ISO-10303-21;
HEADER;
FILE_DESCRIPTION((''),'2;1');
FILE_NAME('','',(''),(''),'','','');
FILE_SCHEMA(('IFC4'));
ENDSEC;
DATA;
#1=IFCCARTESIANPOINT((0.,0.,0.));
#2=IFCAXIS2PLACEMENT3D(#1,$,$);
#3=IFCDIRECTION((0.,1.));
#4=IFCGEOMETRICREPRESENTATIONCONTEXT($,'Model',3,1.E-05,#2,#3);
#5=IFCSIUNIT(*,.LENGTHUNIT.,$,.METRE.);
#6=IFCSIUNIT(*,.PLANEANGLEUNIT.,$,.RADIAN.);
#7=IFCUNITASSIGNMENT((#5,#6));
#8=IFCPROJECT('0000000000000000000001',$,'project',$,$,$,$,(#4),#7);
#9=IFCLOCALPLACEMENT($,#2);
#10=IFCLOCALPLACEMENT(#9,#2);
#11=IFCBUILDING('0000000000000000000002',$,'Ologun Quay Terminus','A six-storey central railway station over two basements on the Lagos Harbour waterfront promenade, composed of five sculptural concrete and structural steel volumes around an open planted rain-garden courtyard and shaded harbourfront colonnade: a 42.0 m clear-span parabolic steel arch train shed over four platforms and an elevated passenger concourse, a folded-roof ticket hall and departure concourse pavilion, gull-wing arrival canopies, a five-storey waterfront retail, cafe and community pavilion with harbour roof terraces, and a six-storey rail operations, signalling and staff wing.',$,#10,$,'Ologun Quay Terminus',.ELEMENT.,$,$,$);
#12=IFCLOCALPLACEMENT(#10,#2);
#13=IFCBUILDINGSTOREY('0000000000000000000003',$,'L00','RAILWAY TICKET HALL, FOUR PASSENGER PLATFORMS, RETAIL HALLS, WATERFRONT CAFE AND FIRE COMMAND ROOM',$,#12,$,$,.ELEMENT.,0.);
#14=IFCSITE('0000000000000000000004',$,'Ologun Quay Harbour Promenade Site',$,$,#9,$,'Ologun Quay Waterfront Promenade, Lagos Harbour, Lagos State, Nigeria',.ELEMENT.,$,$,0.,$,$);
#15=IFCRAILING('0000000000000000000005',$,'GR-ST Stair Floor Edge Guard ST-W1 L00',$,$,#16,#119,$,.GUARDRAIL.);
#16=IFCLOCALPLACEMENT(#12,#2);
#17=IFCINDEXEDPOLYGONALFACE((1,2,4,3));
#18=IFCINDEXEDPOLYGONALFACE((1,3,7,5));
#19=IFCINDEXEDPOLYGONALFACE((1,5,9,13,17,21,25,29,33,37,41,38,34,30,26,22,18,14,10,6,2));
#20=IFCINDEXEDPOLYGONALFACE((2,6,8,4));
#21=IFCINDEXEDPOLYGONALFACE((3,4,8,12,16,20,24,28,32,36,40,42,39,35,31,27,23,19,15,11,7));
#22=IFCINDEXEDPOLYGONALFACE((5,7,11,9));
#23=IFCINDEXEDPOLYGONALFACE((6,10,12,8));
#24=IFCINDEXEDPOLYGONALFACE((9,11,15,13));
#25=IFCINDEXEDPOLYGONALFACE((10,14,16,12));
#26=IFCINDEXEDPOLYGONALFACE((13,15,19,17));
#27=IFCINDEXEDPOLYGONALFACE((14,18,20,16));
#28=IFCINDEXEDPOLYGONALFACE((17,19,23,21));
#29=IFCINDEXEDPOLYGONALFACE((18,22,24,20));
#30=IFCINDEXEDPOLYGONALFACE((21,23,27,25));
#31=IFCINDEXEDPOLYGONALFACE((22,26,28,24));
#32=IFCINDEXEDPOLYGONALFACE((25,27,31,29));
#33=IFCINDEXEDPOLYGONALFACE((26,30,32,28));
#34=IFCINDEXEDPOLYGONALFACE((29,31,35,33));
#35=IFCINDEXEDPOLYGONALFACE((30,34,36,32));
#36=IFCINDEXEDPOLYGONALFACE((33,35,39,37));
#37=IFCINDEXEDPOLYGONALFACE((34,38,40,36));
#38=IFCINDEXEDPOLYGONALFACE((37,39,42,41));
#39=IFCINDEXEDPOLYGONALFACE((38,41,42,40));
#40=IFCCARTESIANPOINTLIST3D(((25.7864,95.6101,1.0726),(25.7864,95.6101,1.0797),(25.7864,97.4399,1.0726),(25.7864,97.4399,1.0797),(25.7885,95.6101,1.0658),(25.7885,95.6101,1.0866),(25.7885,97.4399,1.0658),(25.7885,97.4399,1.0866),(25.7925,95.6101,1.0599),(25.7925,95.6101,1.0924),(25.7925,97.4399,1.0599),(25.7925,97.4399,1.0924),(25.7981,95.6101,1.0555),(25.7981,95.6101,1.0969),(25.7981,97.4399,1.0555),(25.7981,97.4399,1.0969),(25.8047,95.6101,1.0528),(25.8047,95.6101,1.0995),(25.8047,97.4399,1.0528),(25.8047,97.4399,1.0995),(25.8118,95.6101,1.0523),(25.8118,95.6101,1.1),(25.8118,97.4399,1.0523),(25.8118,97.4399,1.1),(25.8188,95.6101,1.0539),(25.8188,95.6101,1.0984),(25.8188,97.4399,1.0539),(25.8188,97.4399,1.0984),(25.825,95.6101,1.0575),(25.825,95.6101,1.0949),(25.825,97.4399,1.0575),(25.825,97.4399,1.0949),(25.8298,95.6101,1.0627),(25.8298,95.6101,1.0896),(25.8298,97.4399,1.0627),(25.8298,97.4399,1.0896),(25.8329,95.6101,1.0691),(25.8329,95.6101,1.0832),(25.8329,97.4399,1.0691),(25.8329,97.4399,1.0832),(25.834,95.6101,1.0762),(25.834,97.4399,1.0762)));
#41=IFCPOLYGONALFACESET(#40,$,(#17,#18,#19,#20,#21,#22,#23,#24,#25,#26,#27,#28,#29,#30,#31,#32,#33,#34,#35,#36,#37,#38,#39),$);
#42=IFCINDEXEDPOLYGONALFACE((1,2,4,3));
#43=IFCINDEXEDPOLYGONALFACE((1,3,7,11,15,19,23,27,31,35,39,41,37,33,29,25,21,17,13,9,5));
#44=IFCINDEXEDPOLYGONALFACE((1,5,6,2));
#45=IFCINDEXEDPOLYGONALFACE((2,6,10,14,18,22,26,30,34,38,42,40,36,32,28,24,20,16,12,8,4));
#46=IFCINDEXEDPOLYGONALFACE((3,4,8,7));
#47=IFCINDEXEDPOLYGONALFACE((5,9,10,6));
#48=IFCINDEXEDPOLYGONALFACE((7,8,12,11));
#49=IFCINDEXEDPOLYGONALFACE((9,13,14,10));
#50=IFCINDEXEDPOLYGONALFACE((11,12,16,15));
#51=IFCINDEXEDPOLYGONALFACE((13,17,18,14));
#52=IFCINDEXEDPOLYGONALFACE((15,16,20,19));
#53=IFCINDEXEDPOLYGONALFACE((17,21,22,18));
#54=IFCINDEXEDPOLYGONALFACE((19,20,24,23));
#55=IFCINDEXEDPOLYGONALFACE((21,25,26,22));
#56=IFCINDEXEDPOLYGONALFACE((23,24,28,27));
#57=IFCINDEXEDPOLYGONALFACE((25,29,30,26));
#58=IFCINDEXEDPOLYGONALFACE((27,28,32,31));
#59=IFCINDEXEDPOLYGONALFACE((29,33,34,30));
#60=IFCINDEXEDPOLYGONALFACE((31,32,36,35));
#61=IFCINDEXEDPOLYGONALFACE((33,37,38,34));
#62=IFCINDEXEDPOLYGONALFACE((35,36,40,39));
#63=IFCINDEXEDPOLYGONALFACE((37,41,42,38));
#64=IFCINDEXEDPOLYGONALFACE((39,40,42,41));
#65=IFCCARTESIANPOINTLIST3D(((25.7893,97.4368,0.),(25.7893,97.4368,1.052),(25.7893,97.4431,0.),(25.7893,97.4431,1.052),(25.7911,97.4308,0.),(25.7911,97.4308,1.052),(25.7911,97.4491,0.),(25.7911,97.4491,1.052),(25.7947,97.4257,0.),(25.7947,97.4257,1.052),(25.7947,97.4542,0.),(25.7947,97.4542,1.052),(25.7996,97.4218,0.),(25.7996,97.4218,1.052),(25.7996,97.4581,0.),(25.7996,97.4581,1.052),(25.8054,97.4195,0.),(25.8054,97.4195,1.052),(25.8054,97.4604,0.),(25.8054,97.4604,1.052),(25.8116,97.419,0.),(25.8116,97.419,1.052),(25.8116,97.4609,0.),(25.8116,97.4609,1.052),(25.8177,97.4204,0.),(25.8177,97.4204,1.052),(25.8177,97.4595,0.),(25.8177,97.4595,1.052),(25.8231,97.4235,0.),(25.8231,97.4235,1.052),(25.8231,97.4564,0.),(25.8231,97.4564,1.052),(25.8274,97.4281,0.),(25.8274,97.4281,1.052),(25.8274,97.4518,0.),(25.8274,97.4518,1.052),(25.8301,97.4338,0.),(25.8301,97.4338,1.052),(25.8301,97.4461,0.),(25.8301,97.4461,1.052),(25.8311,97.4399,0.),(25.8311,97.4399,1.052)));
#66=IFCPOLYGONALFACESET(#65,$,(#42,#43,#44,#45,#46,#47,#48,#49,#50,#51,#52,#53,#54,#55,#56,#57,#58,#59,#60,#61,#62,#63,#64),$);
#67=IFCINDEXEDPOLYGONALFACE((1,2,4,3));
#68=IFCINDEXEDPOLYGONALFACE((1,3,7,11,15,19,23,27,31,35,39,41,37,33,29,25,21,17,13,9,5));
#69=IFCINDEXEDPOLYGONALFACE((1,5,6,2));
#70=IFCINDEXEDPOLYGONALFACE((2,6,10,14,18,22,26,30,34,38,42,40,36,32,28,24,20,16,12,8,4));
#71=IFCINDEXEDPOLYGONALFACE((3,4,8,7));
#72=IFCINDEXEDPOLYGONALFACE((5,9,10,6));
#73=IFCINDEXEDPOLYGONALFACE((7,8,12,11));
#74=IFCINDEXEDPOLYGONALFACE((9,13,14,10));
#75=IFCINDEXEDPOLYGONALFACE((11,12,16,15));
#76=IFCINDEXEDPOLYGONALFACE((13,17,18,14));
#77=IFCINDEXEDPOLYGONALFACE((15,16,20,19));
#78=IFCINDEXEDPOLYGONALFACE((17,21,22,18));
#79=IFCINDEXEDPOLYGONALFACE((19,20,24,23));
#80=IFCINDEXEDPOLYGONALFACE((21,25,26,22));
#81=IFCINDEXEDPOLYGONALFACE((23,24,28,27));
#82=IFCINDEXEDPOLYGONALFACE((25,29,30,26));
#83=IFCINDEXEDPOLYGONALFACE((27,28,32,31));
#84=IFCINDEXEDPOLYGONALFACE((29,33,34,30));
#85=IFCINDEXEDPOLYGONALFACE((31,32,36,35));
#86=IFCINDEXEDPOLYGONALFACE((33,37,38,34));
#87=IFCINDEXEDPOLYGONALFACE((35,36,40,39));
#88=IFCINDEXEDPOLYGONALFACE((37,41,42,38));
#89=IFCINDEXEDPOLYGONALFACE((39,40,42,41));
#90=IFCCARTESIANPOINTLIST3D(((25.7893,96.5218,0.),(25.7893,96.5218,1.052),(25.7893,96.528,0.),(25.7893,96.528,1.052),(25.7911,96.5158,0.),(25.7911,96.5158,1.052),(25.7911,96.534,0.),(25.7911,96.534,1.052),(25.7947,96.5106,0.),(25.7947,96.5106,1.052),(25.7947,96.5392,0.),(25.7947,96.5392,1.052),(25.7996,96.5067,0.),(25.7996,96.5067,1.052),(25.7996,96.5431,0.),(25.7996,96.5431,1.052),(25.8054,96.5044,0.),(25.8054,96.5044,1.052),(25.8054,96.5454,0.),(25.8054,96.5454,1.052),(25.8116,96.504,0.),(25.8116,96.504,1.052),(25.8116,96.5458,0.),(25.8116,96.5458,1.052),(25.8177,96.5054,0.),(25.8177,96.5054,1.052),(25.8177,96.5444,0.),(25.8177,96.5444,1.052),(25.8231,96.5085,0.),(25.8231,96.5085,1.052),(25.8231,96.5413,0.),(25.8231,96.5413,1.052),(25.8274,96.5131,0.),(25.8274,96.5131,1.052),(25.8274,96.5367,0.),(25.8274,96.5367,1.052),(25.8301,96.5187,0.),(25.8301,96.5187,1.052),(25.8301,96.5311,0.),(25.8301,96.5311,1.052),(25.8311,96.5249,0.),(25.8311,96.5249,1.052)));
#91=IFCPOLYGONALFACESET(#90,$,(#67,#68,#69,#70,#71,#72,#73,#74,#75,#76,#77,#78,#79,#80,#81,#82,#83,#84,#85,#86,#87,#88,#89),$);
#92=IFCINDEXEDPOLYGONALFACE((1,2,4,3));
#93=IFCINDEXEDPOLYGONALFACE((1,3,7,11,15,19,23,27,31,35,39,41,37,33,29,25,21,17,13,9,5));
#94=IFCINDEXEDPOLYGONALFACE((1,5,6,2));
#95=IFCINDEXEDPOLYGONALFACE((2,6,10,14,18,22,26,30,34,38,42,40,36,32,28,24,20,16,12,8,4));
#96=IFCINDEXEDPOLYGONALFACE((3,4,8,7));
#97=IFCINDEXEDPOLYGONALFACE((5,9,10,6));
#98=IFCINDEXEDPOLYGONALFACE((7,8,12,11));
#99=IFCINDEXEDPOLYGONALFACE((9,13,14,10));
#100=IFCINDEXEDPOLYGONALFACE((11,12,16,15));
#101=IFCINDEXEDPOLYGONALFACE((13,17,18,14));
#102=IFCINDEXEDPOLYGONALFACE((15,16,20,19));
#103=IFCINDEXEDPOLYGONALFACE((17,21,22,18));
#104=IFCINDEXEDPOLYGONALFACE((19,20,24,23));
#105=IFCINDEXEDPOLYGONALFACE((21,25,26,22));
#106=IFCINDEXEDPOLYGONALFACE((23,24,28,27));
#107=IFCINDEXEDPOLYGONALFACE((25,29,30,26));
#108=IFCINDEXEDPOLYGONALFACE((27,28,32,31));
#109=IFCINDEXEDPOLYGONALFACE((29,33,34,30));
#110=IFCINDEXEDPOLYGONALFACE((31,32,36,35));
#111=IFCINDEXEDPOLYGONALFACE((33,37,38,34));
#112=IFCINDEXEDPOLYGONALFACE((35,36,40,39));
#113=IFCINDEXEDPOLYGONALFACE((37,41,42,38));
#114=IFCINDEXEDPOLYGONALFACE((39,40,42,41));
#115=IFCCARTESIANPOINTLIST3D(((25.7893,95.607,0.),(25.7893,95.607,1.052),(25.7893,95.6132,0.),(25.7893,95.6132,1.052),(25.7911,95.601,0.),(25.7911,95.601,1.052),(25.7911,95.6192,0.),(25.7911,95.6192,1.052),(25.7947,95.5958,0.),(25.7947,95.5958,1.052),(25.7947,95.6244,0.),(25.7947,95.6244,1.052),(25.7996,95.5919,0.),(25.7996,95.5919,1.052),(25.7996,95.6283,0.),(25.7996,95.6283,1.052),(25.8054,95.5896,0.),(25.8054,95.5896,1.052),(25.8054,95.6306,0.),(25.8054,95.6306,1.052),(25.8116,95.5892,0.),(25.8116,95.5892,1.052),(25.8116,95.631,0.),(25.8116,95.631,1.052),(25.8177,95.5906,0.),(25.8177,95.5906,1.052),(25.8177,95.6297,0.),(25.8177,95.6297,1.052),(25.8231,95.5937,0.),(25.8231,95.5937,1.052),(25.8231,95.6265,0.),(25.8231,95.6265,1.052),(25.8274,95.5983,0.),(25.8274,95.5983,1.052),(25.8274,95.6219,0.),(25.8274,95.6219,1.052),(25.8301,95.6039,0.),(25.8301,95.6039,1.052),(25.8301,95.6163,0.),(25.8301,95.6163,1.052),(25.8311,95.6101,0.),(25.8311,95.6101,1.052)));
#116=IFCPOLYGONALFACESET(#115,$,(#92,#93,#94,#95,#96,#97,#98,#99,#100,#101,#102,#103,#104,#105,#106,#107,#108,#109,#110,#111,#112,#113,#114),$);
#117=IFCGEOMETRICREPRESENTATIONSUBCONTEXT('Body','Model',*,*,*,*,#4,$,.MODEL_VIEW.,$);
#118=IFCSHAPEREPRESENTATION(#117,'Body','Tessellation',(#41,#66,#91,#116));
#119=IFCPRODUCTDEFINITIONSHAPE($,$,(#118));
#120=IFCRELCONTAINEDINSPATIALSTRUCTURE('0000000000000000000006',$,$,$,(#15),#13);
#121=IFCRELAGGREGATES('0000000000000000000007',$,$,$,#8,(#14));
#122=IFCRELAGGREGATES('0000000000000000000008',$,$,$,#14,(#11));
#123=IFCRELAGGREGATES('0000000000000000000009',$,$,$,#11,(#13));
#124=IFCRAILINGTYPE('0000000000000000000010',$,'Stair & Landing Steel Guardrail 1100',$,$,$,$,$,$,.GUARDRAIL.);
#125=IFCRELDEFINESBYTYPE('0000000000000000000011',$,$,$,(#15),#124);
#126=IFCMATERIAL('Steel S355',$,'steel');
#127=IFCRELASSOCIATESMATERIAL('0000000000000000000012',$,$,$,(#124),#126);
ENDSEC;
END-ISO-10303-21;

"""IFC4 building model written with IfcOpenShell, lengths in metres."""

from ifc_helpers import new_model, si_unit, direction, frame, origin, origin_2d, place, context, subcontext, project, spatial, circle, extrude, material, type_object, element, save


model = new_model("IFC4")

# Units and contexts
model_context = context("Model", 3, precision=1e-05, world=origin(), true_north=direction((0.0, 1.0)))
body_context = subcontext(model_context, "Body", "Model", "MODEL_VIEW")
ifc_project = project(units=[si_unit("LENGTHUNIT", "METRE"), si_unit("PLANEANGLEUNIT", "RADIAN")], contexts=[model_context])

# Site, building, storey
site_placement = place(None, origin())
site = spatial("IfcSite", under=ifc_project, at=site_placement, Name="Ologun Quay Harbour Promenade Site", LongName="Ologun Quay Waterfront Promenade, Lagos Harbour, Lagos State, Nigeria", CompositionType="ELEMENT", RefElevation=0.0)
building_placement = place(site_placement, origin())
building = spatial("IfcBuilding", under=site, at=building_placement, Name="Ologun Quay Terminus", Description="A six-storey central railway station over two basements on the Lagos Harbour waterfront promenade, composed of five sculptural concrete and structural steel volumes around an open planted rain-garden courtyard and shaded harbourfront colonnade: a 42.0 m clear-span parabolic steel arch train shed over four platforms and an elevated passenger concourse, a folded-roof ticket hall and departure concourse pavilion, gull-wing arrival canopies, a five-storey waterfront retail, cafe and community pavilion with harbour roof terraces, and a six-storey rail operations, signalling and staff wing.", LongName="Ologun Quay Terminus", CompositionType="ELEMENT")
storey_placement = place(building_placement, origin())
storey = spatial("IfcBuildingStorey", under=building, at=storey_placement, Name="L00", Description="RAILWAY TICKET HALL, FOUR PASSENGER PLATFORMS, RETAIL HALLS, WATERFRONT CAFE AND FIRE COMMAND ROOM", CompositionType="ELEMENT", Elevation=0.0)

# Railing
ifc_material_1 = material(Name="Steel S355", Category="steel")
railing_type_1 = type_object("IfcRailingType", Name="Stair & Landing Steel Guardrail 1100", PredefinedType="GUARDRAIL", material=ifc_material_1)
railing_1_placement = place(storey_placement, frame((25.8101, 97.4399, 0.0)))
element("IfcRailing", 1, at=railing_1_placement, inside=storey, type_object=railing_type_1, Name="GR-ST Stair Floor Edge Guard ST-W1 L00", PredefinedType="GUARDRAIL", context=body_context, shape_type="SweptSolid", body=[
    extrude(circle(Radius=0.0239, at=origin_2d()), frame((0.0, 0.0, 1.0762), z_axis=(0.0, -1.0, 0.0), x_axis=(1.0, 0.0, 0.0)), (0.0, 0.0, 1.0), 1.8298),
    extrude(circle(Radius=0.021, at=origin_2d()), origin(), (0.0, 0.0, 1.0), 1.052),
    extrude(circle(Radius=0.021, at=origin_2d()), frame((0.0, -0.915, 0.0)), (0.0, 0.0, 1.0), 1.052),
    extrude(circle(Radius=0.021, at=origin_2d()), frame((0.0, -1.8298, 0.0)), (0.0, 0.0, 1.0), 1.052),
])

save(model, "model.ifc")
